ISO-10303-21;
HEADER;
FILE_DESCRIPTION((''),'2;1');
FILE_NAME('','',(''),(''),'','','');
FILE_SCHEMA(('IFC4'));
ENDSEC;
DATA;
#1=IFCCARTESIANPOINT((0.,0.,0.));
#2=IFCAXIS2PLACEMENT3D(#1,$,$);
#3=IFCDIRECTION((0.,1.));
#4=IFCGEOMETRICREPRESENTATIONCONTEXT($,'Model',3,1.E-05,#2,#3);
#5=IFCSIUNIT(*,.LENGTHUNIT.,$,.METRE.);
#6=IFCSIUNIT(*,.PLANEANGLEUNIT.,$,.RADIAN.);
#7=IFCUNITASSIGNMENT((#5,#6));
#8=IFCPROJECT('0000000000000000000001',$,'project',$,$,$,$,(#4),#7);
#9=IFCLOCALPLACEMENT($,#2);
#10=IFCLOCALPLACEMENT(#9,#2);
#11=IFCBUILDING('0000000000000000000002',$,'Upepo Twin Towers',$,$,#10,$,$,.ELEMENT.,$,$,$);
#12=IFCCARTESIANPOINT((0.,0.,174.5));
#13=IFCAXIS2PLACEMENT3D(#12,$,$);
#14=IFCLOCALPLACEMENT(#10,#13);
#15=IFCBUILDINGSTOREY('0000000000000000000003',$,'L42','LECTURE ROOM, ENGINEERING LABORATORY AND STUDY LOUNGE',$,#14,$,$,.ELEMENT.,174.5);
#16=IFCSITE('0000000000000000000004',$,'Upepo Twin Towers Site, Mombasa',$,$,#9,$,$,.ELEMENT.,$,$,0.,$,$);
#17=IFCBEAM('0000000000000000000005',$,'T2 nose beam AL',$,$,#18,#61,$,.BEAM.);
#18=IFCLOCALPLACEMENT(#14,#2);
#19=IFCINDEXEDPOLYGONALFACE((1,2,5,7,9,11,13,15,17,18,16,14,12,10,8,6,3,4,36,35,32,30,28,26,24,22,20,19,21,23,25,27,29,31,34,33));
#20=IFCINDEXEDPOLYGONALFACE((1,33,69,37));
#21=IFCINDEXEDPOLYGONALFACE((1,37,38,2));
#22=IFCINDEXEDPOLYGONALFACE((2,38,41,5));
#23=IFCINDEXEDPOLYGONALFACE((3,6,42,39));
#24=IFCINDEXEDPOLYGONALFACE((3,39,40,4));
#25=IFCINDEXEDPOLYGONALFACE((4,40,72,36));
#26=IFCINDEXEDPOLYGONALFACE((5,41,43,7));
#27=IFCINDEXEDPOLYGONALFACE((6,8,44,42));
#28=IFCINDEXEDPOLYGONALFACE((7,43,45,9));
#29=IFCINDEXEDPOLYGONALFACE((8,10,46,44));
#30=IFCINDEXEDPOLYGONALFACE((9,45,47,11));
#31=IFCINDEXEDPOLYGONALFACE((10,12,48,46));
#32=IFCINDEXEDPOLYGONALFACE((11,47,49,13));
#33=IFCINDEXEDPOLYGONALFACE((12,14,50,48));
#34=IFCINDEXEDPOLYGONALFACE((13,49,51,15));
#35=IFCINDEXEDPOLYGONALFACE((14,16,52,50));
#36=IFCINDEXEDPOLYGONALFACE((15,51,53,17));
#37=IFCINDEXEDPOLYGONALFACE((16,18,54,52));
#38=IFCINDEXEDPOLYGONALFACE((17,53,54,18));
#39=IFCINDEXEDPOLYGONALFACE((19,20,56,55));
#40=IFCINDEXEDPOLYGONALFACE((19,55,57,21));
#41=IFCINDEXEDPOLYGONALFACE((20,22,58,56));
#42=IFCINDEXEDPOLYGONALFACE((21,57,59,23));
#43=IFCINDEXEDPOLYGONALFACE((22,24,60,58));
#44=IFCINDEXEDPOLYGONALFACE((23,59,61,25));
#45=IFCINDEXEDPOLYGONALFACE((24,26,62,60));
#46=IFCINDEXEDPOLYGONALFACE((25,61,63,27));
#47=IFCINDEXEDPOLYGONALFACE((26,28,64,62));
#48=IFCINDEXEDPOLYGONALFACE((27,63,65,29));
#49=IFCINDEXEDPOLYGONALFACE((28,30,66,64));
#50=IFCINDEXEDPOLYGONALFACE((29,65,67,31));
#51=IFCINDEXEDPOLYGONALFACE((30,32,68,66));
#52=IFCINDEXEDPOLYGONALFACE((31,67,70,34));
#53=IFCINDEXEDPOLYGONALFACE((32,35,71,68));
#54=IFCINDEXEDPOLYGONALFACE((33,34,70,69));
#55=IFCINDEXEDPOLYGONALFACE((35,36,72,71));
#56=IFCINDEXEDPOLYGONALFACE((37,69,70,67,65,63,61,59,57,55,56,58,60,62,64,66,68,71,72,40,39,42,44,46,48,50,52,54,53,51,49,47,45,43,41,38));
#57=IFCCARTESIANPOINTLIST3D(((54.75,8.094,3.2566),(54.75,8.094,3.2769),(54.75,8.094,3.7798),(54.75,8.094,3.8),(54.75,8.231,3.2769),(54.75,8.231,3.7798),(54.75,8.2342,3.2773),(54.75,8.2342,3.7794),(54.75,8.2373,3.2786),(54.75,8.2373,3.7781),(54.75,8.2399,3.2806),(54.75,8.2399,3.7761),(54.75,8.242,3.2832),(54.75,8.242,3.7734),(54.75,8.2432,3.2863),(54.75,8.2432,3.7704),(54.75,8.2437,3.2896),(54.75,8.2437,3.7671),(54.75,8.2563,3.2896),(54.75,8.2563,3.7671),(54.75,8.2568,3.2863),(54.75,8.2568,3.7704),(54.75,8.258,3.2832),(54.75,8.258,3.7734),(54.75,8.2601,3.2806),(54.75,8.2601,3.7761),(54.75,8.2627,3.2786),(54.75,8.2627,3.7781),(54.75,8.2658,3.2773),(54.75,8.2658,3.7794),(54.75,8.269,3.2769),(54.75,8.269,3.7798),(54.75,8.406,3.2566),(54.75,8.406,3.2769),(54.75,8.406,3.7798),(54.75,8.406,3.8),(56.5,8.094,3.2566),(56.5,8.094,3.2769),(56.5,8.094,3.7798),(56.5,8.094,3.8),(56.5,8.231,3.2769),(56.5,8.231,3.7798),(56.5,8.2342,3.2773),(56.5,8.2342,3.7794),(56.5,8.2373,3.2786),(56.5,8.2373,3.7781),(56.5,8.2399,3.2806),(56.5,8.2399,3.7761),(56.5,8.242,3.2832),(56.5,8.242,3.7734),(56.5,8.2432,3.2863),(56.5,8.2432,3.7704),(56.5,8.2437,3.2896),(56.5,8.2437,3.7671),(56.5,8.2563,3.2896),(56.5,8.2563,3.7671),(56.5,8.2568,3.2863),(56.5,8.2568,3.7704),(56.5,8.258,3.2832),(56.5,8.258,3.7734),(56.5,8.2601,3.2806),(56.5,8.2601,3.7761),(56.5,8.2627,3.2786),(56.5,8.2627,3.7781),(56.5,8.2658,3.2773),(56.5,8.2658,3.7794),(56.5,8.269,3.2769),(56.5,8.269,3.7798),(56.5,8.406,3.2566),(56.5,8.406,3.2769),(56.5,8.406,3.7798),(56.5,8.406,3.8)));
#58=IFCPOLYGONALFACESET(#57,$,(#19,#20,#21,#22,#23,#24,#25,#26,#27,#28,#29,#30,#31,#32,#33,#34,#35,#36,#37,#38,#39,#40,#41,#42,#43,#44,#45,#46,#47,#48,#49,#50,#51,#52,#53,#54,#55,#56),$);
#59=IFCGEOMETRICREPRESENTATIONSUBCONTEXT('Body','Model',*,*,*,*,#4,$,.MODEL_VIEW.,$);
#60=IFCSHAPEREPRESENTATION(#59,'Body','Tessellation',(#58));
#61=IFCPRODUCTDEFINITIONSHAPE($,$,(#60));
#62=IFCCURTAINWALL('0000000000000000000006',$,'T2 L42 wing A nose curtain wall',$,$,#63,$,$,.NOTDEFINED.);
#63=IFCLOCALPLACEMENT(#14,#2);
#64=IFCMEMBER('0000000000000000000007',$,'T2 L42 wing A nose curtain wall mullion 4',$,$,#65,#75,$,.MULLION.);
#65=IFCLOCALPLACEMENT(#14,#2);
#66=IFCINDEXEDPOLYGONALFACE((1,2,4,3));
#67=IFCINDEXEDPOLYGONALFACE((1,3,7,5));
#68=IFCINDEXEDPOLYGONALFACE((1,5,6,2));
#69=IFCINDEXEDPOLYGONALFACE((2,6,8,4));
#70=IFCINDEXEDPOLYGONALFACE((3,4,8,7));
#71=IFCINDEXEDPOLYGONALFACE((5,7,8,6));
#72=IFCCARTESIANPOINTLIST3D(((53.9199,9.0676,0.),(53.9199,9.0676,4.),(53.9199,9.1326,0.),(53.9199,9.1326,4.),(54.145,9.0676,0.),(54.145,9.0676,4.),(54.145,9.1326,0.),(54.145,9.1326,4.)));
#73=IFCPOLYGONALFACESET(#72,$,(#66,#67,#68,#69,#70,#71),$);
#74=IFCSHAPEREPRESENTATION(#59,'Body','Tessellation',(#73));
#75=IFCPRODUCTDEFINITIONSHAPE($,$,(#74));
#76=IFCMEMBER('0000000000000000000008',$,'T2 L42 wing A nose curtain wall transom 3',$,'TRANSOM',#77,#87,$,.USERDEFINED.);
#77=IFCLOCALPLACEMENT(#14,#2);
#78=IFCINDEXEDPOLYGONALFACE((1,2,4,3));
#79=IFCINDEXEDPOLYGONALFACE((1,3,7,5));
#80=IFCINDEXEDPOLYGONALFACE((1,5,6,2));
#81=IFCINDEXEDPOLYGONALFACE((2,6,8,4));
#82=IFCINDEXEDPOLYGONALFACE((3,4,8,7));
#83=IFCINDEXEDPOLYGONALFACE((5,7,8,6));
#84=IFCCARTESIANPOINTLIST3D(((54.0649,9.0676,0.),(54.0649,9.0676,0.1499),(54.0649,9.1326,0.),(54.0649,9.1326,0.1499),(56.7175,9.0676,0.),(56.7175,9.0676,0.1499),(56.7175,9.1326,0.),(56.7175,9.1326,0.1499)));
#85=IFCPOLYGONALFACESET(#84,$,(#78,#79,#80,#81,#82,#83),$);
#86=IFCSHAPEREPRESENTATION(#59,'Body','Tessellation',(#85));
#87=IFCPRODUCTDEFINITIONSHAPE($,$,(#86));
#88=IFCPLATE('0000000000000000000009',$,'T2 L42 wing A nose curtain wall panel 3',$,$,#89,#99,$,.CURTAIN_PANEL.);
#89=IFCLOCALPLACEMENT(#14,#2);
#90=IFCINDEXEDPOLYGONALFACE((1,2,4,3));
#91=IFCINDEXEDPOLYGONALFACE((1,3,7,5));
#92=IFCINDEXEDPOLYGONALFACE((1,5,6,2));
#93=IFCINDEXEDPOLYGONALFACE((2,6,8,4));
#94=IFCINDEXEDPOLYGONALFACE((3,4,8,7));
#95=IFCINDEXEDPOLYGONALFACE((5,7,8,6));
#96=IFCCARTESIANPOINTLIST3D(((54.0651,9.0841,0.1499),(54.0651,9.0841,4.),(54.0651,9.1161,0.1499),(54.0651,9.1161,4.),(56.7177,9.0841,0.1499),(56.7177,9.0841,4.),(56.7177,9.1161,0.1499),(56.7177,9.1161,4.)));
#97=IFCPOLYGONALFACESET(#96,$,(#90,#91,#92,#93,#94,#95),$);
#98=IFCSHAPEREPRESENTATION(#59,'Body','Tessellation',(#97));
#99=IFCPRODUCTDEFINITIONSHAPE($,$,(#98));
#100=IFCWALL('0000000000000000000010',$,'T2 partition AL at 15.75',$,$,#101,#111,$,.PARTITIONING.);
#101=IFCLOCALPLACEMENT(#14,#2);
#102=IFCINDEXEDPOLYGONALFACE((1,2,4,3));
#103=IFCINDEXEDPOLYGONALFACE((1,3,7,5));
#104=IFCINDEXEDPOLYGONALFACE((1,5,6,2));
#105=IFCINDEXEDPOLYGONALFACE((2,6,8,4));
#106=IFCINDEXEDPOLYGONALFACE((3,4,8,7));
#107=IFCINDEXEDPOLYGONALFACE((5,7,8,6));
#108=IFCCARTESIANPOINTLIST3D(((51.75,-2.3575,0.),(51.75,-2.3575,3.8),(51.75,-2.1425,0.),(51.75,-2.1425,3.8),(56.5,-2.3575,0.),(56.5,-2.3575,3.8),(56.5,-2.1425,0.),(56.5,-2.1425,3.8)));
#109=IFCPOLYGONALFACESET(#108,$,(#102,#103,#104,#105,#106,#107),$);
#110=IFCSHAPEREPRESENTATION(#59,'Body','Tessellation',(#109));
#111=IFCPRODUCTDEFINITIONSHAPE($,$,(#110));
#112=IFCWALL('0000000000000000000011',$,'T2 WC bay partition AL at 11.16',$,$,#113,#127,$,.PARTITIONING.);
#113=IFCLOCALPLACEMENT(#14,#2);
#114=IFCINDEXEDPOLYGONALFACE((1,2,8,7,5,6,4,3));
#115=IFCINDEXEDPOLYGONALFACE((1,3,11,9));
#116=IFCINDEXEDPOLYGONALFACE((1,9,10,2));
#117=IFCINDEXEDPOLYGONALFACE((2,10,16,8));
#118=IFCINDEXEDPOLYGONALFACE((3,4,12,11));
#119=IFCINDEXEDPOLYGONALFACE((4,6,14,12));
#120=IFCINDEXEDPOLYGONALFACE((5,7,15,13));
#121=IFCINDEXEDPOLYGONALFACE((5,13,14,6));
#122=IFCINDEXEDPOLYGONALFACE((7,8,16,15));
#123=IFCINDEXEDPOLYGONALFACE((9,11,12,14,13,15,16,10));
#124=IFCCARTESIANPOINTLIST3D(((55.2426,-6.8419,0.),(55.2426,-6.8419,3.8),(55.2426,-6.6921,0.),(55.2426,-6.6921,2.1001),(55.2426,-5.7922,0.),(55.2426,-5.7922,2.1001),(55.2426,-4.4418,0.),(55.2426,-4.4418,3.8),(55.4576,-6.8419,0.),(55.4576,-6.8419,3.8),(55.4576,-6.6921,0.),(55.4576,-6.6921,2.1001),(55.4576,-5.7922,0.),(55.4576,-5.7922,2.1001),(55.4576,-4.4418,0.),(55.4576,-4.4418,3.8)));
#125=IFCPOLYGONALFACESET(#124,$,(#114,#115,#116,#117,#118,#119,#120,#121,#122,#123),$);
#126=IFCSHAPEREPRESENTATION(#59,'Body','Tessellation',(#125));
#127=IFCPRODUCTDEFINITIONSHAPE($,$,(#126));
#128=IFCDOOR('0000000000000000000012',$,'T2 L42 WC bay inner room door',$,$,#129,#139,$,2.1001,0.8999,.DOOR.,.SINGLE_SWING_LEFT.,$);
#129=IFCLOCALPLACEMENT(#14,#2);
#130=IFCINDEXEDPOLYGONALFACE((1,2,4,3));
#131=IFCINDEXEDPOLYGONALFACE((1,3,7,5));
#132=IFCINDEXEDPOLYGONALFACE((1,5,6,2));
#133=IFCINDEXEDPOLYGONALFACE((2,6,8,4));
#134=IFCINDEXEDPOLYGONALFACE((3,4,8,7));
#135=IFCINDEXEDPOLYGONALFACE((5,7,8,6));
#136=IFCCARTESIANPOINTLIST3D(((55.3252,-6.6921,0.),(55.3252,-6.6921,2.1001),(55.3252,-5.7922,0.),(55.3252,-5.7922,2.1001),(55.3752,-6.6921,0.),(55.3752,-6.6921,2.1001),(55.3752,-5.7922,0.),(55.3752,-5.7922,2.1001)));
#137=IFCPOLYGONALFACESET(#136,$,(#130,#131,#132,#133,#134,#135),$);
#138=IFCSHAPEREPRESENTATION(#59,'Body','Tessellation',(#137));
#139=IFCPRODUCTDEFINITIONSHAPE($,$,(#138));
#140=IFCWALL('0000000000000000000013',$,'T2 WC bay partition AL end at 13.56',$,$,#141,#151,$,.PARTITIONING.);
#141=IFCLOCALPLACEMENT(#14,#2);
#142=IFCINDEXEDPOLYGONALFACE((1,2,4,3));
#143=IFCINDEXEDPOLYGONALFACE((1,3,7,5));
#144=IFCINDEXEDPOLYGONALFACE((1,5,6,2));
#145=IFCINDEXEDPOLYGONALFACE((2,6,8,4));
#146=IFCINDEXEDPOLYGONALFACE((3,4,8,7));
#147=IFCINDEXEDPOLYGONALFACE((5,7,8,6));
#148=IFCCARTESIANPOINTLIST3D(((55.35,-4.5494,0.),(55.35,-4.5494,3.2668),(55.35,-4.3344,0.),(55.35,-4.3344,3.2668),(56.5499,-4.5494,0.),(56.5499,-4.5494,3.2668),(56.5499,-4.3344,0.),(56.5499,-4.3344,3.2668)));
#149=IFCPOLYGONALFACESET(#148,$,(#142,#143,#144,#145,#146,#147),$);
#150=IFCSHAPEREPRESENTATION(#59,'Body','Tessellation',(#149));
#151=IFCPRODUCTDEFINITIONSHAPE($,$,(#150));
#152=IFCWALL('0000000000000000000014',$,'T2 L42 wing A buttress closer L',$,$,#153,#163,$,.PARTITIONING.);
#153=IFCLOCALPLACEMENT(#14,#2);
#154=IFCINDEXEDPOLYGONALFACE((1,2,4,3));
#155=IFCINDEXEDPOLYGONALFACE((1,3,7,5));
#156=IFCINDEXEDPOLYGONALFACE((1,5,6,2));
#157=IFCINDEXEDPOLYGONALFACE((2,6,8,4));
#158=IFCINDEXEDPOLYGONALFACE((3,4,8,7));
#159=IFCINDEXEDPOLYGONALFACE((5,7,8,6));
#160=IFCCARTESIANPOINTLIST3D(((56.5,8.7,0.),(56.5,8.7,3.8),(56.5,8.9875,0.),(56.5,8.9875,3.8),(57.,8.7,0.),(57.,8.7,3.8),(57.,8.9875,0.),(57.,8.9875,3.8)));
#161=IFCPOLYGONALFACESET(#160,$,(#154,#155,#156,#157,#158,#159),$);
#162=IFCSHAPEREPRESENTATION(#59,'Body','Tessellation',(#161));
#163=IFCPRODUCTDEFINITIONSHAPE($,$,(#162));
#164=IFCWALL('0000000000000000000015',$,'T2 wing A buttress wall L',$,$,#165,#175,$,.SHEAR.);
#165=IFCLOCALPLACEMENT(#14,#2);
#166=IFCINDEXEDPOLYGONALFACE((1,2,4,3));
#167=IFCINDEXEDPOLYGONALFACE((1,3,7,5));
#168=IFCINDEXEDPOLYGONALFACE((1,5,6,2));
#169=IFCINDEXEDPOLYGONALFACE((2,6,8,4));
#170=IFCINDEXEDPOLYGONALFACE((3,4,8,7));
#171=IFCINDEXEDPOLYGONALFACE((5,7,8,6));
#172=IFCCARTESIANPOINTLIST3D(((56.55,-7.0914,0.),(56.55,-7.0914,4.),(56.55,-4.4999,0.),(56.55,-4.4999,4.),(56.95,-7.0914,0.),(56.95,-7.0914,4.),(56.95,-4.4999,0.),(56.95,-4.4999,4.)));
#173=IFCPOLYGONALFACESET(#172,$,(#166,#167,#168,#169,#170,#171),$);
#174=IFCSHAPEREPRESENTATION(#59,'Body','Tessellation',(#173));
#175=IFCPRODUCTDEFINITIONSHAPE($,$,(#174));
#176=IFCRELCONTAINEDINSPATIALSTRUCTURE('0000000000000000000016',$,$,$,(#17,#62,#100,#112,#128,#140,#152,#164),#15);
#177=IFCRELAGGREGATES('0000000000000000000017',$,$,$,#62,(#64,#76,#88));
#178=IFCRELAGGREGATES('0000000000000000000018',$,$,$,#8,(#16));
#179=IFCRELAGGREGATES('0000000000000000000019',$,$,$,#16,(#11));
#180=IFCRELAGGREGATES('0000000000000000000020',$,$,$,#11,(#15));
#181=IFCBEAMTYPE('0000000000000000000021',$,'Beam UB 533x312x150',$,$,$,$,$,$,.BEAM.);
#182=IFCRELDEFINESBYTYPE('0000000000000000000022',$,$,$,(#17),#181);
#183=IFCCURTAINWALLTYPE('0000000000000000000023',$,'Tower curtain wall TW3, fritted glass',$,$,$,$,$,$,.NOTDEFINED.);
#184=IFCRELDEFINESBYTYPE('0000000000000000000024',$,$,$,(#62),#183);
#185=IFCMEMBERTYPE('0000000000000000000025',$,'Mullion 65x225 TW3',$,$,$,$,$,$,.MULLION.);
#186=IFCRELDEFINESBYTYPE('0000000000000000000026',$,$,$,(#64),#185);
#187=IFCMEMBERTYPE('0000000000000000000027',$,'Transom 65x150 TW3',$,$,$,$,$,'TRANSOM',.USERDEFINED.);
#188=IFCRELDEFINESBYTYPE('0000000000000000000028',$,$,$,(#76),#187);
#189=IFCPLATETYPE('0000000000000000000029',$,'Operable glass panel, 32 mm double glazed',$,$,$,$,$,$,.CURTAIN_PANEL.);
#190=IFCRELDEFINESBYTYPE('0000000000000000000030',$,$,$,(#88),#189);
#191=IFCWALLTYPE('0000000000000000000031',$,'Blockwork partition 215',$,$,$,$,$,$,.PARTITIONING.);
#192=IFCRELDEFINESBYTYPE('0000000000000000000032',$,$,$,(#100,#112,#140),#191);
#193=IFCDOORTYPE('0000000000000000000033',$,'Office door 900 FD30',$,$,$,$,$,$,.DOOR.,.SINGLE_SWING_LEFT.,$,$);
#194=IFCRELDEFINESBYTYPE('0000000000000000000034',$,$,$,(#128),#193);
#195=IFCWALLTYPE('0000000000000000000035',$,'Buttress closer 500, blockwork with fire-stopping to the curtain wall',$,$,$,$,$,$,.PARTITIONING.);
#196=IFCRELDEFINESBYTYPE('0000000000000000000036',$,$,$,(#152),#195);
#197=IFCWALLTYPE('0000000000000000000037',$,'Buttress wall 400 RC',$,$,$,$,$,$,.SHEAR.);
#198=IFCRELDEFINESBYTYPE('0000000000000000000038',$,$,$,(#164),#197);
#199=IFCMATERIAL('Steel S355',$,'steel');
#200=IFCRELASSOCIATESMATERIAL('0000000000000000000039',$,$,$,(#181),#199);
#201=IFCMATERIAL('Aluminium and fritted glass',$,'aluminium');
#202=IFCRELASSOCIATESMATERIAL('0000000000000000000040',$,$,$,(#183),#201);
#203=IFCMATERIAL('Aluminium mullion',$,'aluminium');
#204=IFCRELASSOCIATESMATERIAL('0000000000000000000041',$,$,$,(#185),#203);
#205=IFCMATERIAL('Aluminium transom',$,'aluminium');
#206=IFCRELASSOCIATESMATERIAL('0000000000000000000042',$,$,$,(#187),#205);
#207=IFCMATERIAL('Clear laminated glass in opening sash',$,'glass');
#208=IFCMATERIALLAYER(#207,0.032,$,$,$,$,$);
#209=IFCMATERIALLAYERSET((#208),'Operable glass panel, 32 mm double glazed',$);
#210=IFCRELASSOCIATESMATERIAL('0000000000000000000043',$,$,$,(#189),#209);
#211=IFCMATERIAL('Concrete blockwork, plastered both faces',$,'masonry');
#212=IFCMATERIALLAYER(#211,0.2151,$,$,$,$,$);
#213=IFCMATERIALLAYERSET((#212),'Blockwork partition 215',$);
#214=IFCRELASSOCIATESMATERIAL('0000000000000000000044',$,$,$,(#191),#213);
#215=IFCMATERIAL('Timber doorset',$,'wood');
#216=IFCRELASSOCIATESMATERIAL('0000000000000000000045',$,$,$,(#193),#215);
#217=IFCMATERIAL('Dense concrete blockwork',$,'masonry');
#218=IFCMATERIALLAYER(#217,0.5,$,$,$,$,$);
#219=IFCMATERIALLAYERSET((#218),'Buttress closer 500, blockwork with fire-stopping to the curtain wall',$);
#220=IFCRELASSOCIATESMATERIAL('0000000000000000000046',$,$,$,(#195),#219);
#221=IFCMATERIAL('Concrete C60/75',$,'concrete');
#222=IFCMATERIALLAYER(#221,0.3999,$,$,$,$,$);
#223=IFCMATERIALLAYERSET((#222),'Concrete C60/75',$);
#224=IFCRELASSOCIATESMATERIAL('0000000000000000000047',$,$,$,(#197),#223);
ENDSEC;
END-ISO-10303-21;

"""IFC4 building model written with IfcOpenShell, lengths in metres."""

from ifc_helpers import new_model, si_unit, direction, frame, frame_2d, origin, origin_2d, place, context, subcontext, project, spatial, rectangle, i_section, extrude, material, layer, layer_set, material_profile, profile_set, type_object, element, fill, aggregate, save


model = new_model("IFC4")

# Units and contexts
model_context = context("Model", 3, precision=1e-05, world=origin(), true_north=direction((0.0, 1.0)))
body_context = subcontext(model_context, "Body", "Model", "MODEL_VIEW")
ifc_project = project(units=[si_unit("LENGTHUNIT", "METRE"), si_unit("PLANEANGLEUNIT", "RADIAN")], contexts=[model_context])

# Site, building, storey
site_placement = place(None, origin())
site = spatial("IfcSite", under=ifc_project, at=site_placement, Name="Upepo Twin Towers Site, Mombasa", CompositionType="ELEMENT", RefElevation=0.0)
building_placement = place(site_placement, origin())
building = spatial("IfcBuilding", under=site, at=building_placement, Name="Upepo Twin Towers", CompositionType="ELEMENT")
storey_placement = place(building_placement, frame((0.0, 0.0, 174.5)))
storey = spatial("IfcBuildingStorey", under=building, at=storey_placement, Name="L42", Description="LECTURE ROOM, ENGINEERING LABORATORY AND STUDY LOUNGE", CompositionType="ELEMENT", Elevation=174.5)

# Beam
ifc_material_1 = material(Name="Steel S355", Category="steel")
ifc_material_profile_1 = material_profile(ifc_material_1, i_section(OverallWidth=0.312, OverallDepth=0.5435, WebThickness=0.0127, FlangeThickness=0.0203, FilletRadius=0.0127, at=origin_2d()), Name="UB 533x312x150")
ifc_profile_set_1 = profile_set([ifc_material_profile_1], Name="Steel S355")
beam_type_1 = type_object("IfcBeamType", Name="Beam UB 533x312x150", PredefinedType="BEAM", material=ifc_profile_set_1)
beam_1_placement = place(storey_placement, frame((54.75, 8.25, 3.5283), z_axis=(1.0, 0.0, 0.0), x_axis=(0.0, 1.0, 0.0)))
element("IfcBeam", 1, at=beam_1_placement, inside=storey, type_object=beam_type_1, Name="T2 nose beam AL", PredefinedType="BEAM", context=body_context, shape_type="SweptSolid", body=[
    extrude(i_section(OverallWidth=0.312, OverallDepth=0.5435, WebThickness=0.0127, FlangeThickness=0.0203, FilletRadius=0.0127, at=origin_2d()), origin(), (0.0, 0.0, 1.0), 1.75),
])

# Curtain wall, members, plate
ifc_material_2 = material(Name="Aluminium and fritted glass", Category="aluminium")
curtain_wall_type = type_object("IfcCurtainWallType", Name="Tower curtain wall TW3, fritted glass", PredefinedType="NOTDEFINED", material=ifc_material_2)
curtain_wall_placement = place(storey_placement, origin())
curtain_wall = element("IfcCurtainWall", 2, at=curtain_wall_placement, inside=storey, type_object=curtain_wall_type, Name="T2 L42 wing A nose curtain wall", PredefinedType="NOTDEFINED")
ifc_material_3 = material(Name="Aluminium mullion", Category="aluminium")
ifc_material_profile_2 = material_profile(ifc_material_3, rectangle(XDim=0.0649, YDim=0.2251, at=origin_2d()), Name="MULLION 65x225")
ifc_profile_set_2 = profile_set([ifc_material_profile_2], Name="Aluminium mullion")
member_type_1 = type_object("IfcMemberType", Name="Mullion 65x225 TW3", PredefinedType="MULLION", material=ifc_profile_set_2)
member_1_placement = place(storey_placement, frame((54.0325, 9.1001, 0.0), z_axis=(0.0, 0.0, 1.0), x_axis=(0.0, -1.0, 0.0)))
member_1 = element("IfcMember", 3, at=member_1_placement, type_object=member_type_1, Name="T2 L42 wing A nose curtain wall mullion 4", PredefinedType="MULLION", context=body_context, shape_type="SweptSolid", body=[
    extrude(rectangle(XDim=0.0649, YDim=0.2251, at=origin_2d()), origin(), (0.0, 0.0, 1.0), 4.0),
])
ifc_material_4 = material(Name="Aluminium transom", Category="aluminium")
ifc_material_profile_3 = material_profile(ifc_material_4, rectangle(XDim=0.0649, YDim=0.1499, at=origin_2d()), Name="TRANSOM 65x150")
ifc_profile_set_3 = profile_set([ifc_material_profile_3], Name="Aluminium transom")
member_type_2 = type_object("IfcMemberType", Name="Transom 65x150 TW3", ElementType="TRANSOM", PredefinedType="USERDEFINED", material=ifc_profile_set_3)
member_2_placement = place(storey_placement, frame((56.7175, 9.1001, 0.075), z_axis=(-1.0, 0.0, 0.0), x_axis=(0.0, -1.0, 0.0)))
member_2 = element("IfcMember", 4, at=member_2_placement, type_object=member_type_2, Name="T2 L42 wing A nose curtain wall transom 3", ObjectType="TRANSOM", PredefinedType="USERDEFINED", context=body_context, shape_type="SweptSolid", body=[
    extrude(rectangle(XDim=0.0649, YDim=0.1499, at=origin_2d()), origin(), (0.0, 0.0, 1.0), 2.6526),
])
ifc_material_5 = material(Name="Clear laminated glass in opening sash", Category="glass")
ifc_layer_1 = layer(ifc_material_5, 0.032)
ifc_layer_set_1 = layer_set([ifc_layer_1], Name="Operable glass panel, 32 mm double glazed")
plate_type = type_object("IfcPlateType", Name="Operable glass panel, 32 mm double glazed", PredefinedType="CURTAIN_PANEL", material=ifc_layer_set_1)
plate_placement = place(storey_placement, frame((55.3914, 9.1001, 0.1499), z_axis=(0.0, 0.0, 1.0), x_axis=(-1.0, 0.0, 0.0)))
plate = element("IfcPlate", 5, at=plate_placement, type_object=plate_type, Name="T2 L42 wing A nose curtain wall panel 3", PredefinedType="CURTAIN_PANEL", context=body_context, shape_type="SweptSolid", body=[
    extrude(rectangle(XDim=2.6526, YDim=0.032, at=origin_2d()), origin(), (0.0, 0.0, 1.0), 3.8501),
])
aggregate(curtain_wall, [member_1, member_2, plate])

# Wall
ifc_material_6 = material(Name="Concrete blockwork, plastered both faces", Category="masonry")
ifc_layer_2 = layer(ifc_material_6, 0.2151)
ifc_layer_set_2 = layer_set([ifc_layer_2], Name="Blockwork partition 215")
wall_type_1 = type_object("IfcWallType", Name="Blockwork partition 215", PredefinedType="PARTITIONING", material=ifc_layer_set_2)
wall_1_placement = place(storey_placement, frame((56.5, -2.25, 0.0), z_axis=(0.0, 0.0, 1.0), x_axis=(-1.0, 0.0, 0.0)))
element("IfcWall", 6, at=wall_1_placement, inside=storey, type_object=wall_type_1, Name="T2 partition AL at 15.75", PredefinedType="PARTITIONING", context=body_context, shape_type="SweptSolid", body=[
    extrude(rectangle(XDim=4.75, YDim=0.2151, at=frame_2d((2.375, 0.0))), origin(), (0.0, 0.0, 1.0), 3.8),
])

# Wall, opening, door
wall_2_placement = place(storey_placement, frame((55.3501, -6.842, 0.0), z_axis=(0.0, 0.0, 1.0), x_axis=(0.0, 1.0, 0.0)))
wall_2 = element("IfcWall", 7, at=wall_2_placement, inside=storey, type_object=wall_type_1, Name="T2 WC bay partition AL at 11.16", PredefinedType="PARTITIONING", context=body_context, shape_type="SweptSolid", body=[
    extrude(rectangle(XDim=2.4001, YDim=0.2151, at=frame_2d((1.2002, 0.0))), origin(), (0.0, 0.0, 1.0), 3.8),
])
opening_1_placement = place(wall_2_placement, frame((0.1499, 0.0, 0.0)))
opening_1 = element("IfcOpeningElement", 8, at=opening_1_placement, cuts=wall_2, PredefinedType="OPENING", context=body_context, shape_type="SweptSolid", body=[
    extrude(rectangle(XDim=0.8999, YDim=2.1001, at=frame_2d((0.45, 1.05))), frame((0.0, 0.1174, 0.0), z_axis=(0.0, -1.0, 0.0), x_axis=(1.0, 0.0, 0.0)), (0.0, 0.0, 1.0), 0.2351),
])
ifc_material_7 = material(Name="Timber doorset", Category="wood")
door_type_1 = type_object("IfcDoorType", Name="Office door 900 FD30", OperationType="SINGLE_SWING_LEFT", PredefinedType="DOOR", material=ifc_material_7)
door_1_placement = place(opening_1_placement, origin())
door_1 = element("IfcDoor", 9, at=door_1_placement, inside=storey, type_object=door_type_1, Name="T2 L42 WC bay inner room door", OperationType="SINGLE_SWING_LEFT", OverallHeight=2.1001, OverallWidth=0.8999, PredefinedType="DOOR", context=body_context, shape_type="SweptSolid", body=[
    extrude(rectangle(XDim=0.8999, YDim=2.1001, at=frame_2d((0.45, 1.05))), frame((0.0, 0.0249, 0.0), z_axis=(0.0, -1.0, 0.0), x_axis=(1.0, 0.0, 0.0)), (0.0, 0.0, 1.0), 0.05),
])
fill(opening_1, door_1)

# Walls
wall_3_placement = place(storey_placement, frame((56.55, -4.4419, 0.0), z_axis=(0.0, 0.0, 1.0), x_axis=(-1.0, 0.0, 0.0)))
element("IfcWall", 10, at=wall_3_placement, inside=storey, type_object=wall_type_1, Name="T2 WC bay partition AL end at 13.56", PredefinedType="PARTITIONING", context=body_context, shape_type="SweptSolid", body=[
    extrude(rectangle(XDim=1.2, YDim=0.2151, at=frame_2d((0.6001, 0.0))), origin(), (0.0, 0.0, 1.0), 3.2668),
])
ifc_material_8 = material(Name="Dense concrete blockwork", Category="masonry")
ifc_layer_3 = layer(ifc_material_8, 0.5)
ifc_layer_set_3 = layer_set([ifc_layer_3], Name="Buttress closer 500, blockwork with fire-stopping to the curtain wall")
wall_type_2 = type_object("IfcWallType", Name="Buttress closer 500, blockwork with fire-stopping to the curtain wall", PredefinedType="PARTITIONING", material=ifc_layer_set_3)
wall_4_placement = place(storey_placement, frame((56.75, 8.7, 0.0), z_axis=(0.0, 0.0, 1.0), x_axis=(0.0, 1.0, 0.0)))
element("IfcWall", 11, at=wall_4_placement, inside=storey, type_object=wall_type_2, Name="T2 L42 wing A buttress closer L", PredefinedType="PARTITIONING", context=body_context, shape_type="SweptSolid", body=[
    extrude(rectangle(XDim=0.2876, YDim=0.5, at=frame_2d((0.1438, 0.0))), origin(), (0.0, 0.0, 1.0), 3.8),
])
ifc_material_9 = material(Name="Concrete C60/75", Category="concrete")
ifc_layer_4 = layer(ifc_material_9, 0.3999)
ifc_layer_set_4 = layer_set([ifc_layer_4], Name="Concrete C60/75")
wall_type_3 = type_object("IfcWallType", Name="Buttress wall 400 RC", PredefinedType="SHEAR", material=ifc_layer_set_4)
wall_5_placement = place(storey_placement, frame((56.75, -7.0916, 0.0), z_axis=(0.0, 0.0, 1.0), x_axis=(0.0, 1.0, 0.0)))
element("IfcWall", 12, at=wall_5_placement, inside=storey, type_object=wall_type_3, Name="T2 wing A buttress wall L", PredefinedType="SHEAR", context=body_context, shape_type="SweptSolid", body=[
    extrude(rectangle(XDim=2.5916, YDim=0.3999, at=frame_2d((1.2959, 0.0))), origin(), (0.0, 0.0, 1.0), 4.0),
])

save(model, "model.ifc")
